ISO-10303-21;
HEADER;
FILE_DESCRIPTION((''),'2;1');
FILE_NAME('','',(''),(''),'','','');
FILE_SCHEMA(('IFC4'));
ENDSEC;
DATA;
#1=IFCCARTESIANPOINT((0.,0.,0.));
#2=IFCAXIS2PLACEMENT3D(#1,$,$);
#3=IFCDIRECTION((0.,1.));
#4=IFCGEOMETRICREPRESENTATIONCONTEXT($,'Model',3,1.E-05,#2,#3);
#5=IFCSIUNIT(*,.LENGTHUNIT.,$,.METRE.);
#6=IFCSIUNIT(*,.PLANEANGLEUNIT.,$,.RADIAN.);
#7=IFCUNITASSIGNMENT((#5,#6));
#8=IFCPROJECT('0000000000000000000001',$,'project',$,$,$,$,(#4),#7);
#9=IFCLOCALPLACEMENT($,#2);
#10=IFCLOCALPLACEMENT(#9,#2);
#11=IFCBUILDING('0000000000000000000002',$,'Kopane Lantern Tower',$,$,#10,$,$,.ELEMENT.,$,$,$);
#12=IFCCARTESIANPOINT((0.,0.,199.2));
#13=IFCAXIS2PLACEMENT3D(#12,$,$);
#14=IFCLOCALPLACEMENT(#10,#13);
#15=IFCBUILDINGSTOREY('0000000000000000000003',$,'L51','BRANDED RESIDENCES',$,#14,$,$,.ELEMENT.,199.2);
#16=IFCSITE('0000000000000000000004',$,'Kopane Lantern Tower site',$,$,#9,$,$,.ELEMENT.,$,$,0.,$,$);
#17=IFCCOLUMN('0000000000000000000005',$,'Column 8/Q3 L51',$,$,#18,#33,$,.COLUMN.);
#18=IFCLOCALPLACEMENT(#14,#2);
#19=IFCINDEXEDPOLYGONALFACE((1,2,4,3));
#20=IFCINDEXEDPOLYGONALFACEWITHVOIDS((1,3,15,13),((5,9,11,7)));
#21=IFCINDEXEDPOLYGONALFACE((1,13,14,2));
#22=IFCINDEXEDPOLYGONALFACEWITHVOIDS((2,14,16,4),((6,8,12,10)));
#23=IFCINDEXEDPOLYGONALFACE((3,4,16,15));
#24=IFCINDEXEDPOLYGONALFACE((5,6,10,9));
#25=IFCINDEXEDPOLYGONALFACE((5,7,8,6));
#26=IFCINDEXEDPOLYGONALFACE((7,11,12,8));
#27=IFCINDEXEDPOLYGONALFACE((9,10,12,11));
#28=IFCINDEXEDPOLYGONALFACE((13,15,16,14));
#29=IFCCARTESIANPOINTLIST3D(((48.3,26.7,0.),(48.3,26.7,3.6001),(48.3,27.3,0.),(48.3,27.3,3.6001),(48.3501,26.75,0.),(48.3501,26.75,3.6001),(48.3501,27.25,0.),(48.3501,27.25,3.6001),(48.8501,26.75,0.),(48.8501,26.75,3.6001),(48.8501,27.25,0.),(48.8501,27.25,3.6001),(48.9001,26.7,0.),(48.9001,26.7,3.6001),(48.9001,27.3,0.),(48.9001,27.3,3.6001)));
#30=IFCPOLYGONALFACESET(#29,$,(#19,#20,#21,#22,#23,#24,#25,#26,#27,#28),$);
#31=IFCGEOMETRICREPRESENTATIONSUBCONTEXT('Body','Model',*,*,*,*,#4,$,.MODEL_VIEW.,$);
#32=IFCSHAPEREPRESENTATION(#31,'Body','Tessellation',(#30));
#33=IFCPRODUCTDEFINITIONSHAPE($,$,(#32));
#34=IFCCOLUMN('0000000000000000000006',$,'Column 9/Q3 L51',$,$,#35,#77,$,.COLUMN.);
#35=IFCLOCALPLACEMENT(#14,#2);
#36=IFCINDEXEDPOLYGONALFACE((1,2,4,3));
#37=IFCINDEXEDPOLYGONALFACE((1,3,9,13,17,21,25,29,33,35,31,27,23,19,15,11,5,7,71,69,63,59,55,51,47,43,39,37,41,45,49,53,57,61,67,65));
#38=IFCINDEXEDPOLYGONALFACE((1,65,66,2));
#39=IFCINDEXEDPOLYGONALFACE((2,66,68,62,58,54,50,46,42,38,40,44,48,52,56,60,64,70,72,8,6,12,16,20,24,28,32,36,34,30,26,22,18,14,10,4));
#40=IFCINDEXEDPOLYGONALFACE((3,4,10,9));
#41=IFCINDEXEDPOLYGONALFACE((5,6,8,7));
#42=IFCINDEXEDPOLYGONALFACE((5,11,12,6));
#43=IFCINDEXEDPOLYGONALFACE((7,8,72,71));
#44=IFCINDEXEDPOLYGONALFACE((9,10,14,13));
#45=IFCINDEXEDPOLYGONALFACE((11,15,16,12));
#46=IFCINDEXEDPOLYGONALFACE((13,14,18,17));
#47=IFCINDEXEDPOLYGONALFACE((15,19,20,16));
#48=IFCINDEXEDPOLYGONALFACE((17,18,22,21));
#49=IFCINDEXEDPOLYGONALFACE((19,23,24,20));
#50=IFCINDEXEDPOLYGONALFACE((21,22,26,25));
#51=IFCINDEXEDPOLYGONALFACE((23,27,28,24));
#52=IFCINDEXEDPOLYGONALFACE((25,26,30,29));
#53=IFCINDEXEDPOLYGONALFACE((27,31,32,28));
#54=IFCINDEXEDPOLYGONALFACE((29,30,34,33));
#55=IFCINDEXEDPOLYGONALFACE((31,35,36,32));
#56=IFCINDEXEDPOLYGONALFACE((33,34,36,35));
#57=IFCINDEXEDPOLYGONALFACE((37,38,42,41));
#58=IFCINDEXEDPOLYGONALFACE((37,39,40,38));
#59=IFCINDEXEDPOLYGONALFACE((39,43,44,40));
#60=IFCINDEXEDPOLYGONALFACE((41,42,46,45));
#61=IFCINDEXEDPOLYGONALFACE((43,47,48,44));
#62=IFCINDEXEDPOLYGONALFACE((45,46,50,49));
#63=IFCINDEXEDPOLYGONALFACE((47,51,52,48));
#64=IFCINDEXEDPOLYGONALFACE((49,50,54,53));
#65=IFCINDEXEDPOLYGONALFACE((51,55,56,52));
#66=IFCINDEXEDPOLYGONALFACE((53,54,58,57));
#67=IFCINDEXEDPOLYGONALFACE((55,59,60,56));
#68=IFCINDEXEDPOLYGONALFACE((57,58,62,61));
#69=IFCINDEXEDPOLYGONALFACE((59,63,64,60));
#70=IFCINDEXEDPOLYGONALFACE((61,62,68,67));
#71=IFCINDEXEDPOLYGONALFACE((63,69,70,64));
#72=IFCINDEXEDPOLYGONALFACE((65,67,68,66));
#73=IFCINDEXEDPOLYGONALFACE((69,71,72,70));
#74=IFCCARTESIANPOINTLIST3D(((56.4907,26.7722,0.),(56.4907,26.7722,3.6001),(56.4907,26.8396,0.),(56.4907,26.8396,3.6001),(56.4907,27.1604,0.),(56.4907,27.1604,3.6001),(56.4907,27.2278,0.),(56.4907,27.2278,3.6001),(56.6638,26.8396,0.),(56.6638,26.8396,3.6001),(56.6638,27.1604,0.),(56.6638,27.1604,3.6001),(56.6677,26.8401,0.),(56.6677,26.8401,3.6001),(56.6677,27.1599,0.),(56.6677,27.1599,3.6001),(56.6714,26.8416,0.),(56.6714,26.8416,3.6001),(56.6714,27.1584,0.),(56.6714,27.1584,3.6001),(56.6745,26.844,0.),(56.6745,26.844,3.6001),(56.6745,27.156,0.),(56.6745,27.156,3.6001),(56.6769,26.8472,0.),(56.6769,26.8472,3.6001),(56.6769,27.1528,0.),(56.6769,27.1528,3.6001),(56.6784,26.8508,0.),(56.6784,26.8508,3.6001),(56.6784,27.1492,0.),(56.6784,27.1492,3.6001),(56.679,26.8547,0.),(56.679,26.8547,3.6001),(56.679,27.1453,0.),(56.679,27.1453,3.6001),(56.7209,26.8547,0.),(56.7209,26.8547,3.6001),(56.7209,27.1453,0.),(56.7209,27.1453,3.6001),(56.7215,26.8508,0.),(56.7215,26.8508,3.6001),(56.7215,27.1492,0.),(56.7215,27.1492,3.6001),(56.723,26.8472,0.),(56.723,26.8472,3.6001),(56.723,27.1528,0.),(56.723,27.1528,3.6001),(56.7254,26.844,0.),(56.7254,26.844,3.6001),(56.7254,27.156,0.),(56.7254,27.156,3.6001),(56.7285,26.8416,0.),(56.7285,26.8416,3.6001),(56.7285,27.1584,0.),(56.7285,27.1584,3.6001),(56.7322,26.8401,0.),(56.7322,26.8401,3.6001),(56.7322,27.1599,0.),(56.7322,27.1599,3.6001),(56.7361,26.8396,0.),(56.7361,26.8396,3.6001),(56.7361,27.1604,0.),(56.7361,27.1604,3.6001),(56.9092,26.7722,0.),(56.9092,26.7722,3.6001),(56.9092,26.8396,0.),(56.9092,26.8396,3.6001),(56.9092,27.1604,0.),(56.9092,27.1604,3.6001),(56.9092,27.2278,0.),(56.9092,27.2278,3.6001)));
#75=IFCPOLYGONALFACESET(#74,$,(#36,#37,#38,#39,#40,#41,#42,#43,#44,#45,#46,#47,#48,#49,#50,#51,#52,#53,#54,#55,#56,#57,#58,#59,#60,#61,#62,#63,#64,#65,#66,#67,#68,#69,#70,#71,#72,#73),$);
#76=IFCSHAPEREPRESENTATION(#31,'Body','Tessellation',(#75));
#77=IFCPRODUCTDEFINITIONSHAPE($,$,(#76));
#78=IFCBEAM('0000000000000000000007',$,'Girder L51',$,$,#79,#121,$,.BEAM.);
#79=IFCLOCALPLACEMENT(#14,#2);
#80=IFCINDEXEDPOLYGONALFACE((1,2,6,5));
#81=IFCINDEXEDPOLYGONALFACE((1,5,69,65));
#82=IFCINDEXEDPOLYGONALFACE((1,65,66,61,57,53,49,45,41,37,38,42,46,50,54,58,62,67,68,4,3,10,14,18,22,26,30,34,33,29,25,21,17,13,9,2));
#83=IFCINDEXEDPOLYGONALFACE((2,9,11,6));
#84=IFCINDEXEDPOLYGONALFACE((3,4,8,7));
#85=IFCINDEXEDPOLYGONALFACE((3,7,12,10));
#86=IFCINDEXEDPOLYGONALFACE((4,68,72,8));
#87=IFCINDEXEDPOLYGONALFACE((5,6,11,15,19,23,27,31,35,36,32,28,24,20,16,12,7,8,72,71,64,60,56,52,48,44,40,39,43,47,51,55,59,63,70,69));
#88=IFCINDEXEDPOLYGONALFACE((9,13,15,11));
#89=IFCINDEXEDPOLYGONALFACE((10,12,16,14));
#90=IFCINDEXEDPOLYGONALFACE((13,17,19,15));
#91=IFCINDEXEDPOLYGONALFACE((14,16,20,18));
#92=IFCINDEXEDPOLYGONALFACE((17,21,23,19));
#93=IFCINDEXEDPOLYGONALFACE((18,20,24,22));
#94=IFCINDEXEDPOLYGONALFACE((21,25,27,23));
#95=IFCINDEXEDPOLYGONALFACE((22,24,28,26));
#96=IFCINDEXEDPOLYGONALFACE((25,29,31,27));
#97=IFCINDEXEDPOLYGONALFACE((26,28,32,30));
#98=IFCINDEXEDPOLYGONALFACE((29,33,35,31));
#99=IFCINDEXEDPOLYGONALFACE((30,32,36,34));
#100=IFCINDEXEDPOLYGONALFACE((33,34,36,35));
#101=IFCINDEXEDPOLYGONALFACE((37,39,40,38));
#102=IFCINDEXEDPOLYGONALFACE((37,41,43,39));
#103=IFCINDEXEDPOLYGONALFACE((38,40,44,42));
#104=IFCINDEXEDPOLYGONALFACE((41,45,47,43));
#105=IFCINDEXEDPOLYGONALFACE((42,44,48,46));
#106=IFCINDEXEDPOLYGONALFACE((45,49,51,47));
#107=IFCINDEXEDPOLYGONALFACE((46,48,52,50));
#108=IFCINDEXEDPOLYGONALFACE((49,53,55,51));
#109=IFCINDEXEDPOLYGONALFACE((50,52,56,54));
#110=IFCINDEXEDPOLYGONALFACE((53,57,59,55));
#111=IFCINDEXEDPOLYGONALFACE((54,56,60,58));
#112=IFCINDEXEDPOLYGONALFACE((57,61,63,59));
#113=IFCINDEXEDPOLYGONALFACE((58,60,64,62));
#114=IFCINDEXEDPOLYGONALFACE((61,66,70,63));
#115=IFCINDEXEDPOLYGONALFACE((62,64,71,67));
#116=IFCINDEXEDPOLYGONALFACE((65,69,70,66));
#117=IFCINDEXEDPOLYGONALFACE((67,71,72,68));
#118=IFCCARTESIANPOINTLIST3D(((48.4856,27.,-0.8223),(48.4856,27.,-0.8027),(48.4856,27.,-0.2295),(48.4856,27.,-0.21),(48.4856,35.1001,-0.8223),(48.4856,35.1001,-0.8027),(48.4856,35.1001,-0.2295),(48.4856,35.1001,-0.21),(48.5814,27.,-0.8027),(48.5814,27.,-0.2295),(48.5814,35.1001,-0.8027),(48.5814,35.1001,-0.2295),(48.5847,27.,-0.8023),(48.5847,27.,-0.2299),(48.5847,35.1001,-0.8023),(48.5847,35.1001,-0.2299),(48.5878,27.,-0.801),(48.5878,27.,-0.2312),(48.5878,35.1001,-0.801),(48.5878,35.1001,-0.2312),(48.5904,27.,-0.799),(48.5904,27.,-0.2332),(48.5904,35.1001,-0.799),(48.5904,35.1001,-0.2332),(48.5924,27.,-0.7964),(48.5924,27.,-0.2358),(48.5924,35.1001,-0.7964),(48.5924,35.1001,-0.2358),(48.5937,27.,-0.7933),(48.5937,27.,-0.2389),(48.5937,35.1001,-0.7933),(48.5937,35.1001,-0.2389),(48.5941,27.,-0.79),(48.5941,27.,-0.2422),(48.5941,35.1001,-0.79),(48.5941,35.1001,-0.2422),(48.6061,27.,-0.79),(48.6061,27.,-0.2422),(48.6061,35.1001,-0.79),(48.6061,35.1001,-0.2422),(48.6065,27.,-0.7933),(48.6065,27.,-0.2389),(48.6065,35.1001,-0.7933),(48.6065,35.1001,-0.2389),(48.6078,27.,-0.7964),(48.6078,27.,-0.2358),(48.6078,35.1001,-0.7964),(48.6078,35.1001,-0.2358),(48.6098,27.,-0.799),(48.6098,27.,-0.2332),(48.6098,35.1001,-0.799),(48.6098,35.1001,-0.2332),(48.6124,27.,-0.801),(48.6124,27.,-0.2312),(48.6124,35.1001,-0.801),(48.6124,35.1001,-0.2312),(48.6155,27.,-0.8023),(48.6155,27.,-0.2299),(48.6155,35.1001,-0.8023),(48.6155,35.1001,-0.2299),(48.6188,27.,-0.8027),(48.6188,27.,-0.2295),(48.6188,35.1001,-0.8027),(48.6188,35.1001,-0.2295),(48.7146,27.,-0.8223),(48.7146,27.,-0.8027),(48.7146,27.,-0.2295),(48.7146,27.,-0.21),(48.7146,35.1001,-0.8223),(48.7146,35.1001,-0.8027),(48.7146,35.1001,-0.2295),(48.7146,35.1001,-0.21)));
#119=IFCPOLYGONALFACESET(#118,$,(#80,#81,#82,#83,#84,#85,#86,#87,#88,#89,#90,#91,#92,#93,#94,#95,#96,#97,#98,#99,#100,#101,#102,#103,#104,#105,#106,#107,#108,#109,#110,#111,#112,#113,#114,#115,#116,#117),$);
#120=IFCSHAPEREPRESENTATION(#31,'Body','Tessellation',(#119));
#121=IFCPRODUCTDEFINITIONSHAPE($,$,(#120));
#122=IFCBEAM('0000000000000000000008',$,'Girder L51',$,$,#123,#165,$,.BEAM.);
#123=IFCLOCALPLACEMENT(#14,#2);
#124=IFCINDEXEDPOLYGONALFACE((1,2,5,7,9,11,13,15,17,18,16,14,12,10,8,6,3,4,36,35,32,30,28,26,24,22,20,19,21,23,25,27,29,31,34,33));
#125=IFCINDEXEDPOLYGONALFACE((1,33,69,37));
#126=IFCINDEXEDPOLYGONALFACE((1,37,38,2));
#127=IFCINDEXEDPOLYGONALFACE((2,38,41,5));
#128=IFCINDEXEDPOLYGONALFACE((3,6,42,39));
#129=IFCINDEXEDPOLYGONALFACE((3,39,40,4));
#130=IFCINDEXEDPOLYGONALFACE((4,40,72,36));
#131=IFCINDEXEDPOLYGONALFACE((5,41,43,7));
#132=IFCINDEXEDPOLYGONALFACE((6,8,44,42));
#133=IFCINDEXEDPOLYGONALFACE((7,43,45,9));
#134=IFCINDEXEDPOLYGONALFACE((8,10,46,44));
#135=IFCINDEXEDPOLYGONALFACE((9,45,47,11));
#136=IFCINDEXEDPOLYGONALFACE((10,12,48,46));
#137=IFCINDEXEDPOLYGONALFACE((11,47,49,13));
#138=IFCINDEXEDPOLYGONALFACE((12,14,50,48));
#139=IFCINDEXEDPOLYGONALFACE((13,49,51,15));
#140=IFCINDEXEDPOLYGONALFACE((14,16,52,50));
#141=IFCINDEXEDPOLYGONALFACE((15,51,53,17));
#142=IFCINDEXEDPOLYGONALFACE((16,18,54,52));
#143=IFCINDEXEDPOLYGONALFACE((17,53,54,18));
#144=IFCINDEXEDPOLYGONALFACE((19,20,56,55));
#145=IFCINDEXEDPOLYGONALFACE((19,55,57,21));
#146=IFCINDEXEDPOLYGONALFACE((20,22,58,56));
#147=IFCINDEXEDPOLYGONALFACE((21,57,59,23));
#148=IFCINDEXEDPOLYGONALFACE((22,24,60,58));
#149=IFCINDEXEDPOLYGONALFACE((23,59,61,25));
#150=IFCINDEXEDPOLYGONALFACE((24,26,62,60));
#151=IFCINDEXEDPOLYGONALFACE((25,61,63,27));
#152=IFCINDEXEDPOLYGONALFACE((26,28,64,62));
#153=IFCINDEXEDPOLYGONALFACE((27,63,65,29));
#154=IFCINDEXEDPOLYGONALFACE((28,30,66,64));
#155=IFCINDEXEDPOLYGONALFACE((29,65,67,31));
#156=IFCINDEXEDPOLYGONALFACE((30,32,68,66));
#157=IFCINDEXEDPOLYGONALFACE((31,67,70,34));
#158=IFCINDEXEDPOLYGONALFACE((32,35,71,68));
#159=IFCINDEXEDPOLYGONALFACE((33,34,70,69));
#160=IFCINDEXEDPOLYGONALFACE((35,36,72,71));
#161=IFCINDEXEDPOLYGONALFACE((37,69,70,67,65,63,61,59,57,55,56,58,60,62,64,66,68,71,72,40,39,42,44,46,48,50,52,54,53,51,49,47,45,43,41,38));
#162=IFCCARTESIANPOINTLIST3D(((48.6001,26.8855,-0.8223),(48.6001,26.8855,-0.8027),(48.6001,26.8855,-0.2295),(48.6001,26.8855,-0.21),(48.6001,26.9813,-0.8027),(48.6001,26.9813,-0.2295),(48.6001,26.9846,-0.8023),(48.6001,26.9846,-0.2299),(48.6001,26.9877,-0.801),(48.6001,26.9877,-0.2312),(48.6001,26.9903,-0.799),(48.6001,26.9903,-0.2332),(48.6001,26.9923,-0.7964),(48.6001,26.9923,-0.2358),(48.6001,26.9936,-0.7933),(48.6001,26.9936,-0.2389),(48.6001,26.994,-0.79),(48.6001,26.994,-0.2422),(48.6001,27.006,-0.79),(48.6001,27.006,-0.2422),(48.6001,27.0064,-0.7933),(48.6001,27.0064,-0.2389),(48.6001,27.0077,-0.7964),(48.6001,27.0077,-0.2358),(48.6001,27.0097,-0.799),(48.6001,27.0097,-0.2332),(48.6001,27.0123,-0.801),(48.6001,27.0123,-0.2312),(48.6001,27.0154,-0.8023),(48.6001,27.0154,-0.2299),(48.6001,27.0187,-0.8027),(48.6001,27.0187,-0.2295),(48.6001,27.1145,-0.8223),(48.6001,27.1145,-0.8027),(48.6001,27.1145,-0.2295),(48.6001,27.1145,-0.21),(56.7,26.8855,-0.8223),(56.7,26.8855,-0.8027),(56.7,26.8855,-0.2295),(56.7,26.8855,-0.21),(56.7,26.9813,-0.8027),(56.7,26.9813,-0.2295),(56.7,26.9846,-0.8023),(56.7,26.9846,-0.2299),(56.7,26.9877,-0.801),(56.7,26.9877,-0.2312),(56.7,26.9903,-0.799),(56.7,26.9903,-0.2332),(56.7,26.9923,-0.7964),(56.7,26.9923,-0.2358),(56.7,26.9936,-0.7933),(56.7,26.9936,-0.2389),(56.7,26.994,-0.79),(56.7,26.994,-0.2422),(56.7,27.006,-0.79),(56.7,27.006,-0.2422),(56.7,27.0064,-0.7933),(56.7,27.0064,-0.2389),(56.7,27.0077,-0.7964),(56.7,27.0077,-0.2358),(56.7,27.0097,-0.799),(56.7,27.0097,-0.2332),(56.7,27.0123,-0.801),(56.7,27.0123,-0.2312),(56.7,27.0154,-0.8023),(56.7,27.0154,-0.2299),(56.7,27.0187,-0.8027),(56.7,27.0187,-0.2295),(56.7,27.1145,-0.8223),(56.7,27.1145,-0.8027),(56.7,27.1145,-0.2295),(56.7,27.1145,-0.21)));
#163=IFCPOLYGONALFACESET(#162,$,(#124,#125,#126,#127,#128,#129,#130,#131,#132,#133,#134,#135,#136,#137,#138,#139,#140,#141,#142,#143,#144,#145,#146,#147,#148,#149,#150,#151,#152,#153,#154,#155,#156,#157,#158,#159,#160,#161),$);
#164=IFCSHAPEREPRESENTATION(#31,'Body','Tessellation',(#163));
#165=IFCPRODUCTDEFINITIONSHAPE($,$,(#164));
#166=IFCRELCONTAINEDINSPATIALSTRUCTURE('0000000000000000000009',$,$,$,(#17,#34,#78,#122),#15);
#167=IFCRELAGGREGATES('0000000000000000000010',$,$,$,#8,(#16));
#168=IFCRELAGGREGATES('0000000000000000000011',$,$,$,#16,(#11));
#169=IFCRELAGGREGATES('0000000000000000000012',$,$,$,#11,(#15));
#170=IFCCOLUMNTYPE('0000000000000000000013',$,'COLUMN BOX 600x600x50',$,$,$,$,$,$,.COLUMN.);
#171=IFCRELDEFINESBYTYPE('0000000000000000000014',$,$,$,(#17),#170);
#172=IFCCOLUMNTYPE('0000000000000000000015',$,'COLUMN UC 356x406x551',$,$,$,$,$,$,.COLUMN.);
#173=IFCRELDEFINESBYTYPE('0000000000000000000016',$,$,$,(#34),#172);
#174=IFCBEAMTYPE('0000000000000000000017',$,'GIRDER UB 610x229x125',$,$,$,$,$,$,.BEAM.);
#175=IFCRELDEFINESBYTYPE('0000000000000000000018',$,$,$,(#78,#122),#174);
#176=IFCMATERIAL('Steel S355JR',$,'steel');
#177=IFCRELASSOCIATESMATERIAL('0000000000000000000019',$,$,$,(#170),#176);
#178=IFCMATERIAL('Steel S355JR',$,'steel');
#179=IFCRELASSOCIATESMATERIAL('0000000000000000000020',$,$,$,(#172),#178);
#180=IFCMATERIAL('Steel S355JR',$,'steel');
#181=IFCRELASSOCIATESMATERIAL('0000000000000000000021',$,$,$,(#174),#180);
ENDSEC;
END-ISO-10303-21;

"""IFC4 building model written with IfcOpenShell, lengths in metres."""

from ifc_helpers import new_model, si_unit, direction, frame, origin, origin_2d, place, context, subcontext, project, spatial, hollow_rectangle, i_section, extrude, material, material_profile, profile_set, type_object, element, save


model = new_model("IFC4")

# Units and contexts
model_context = context("Model", 3, precision=1e-05, world=origin(), true_north=direction((0.0, 1.0)))
body_context = subcontext(model_context, "Body", "Model", "MODEL_VIEW")
ifc_project = project(units=[si_unit("LENGTHUNIT", "METRE"), si_unit("PLANEANGLEUNIT", "RADIAN")], contexts=[model_context])

# Site, building, storey
site_placement = place(None, origin())
site = spatial("IfcSite", under=ifc_project, at=site_placement, Name="Kopane Lantern Tower site", CompositionType="ELEMENT", RefElevation=0.0)
building_placement = place(site_placement, origin())
building = spatial("IfcBuilding", under=site, at=building_placement, Name="Kopane Lantern Tower", CompositionType="ELEMENT")
storey_placement = place(building_placement, frame((0.0, 0.0, 199.2)))
storey = spatial("IfcBuildingStorey", under=building, at=storey_placement, Name="L51", Description="BRANDED RESIDENCES", CompositionType="ELEMENT", Elevation=199.2)

# Columns
ifc_material_1 = material(Name="Steel S355JR", Category="steel")
ifc_material_profile_1 = material_profile(ifc_material_1, hollow_rectangle(XDim=0.6001, YDim=0.6001, WallThickness=0.05, at=origin_2d()), Name="BOX 600x600x50")
ifc_profile_set_1 = profile_set([ifc_material_profile_1], Name="Steel S355JR")
column_type_1 = type_object("IfcColumnType", Name="COLUMN BOX 600x600x50", PredefinedType="COLUMN", material=ifc_profile_set_1)
column_1_placement = place(storey_placement, frame((48.6001, 27.0, 0.0), z_axis=(0.0, 0.0, 1.0), x_axis=(1.0, 0.0, 0.0)))
element("IfcColumn", 1, at=column_1_placement, inside=storey, type_object=column_type_1, Name="Column 8/Q3 L51", PredefinedType="COLUMN", context=body_context, shape_type="SweptSolid", body=[
    extrude(hollow_rectangle(XDim=0.6001, YDim=0.6001, WallThickness=0.05, at=origin_2d()), origin(), (0.0, 0.0, 1.0), 3.6001),
])
ifc_material_2 = material(Name="Steel S355JR", Category="steel")
ifc_material_profile_2 = material_profile(ifc_material_2, i_section(OverallWidth=0.4185, OverallDepth=0.4556, WebThickness=0.042, FlangeThickness=0.0674, FilletRadius=0.0151, at=origin_2d()), Name="UC 356x406x551")
ifc_profile_set_2 = profile_set([ifc_material_profile_2], Name="Steel S355JR")
column_type_2 = type_object("IfcColumnType", Name="COLUMN UC 356x406x551", PredefinedType="COLUMN", material=ifc_profile_set_2)
column_2_placement = place(storey_placement, frame((56.7, 27.0, 0.0), z_axis=(0.0, 0.0, 1.0), x_axis=(1.0, 0.0, 0.0)))
element("IfcColumn", 2, at=column_2_placement, inside=storey, type_object=column_type_2, Name="Column 9/Q3 L51", PredefinedType="COLUMN", context=body_context, shape_type="SweptSolid", body=[
    extrude(i_section(OverallWidth=0.4185, OverallDepth=0.4556, WebThickness=0.042, FlangeThickness=0.0674, FilletRadius=0.0151, at=origin_2d()), origin(), (0.0, 0.0, 1.0), 3.6001),
])

# Beams
ifc_material_3 = material(Name="Steel S355JR", Category="steel")
ifc_material_profile_3 = material_profile(ifc_material_3, i_section(OverallWidth=0.229, OverallDepth=0.6123, WebThickness=0.012, FlangeThickness=0.0195, FilletRadius=0.0127, at=origin_2d()), Name="UB 610x229x125")
ifc_profile_set_3 = profile_set([ifc_material_profile_3], Name="Steel S355JR")
beam_type = type_object("IfcBeamType", Name="GIRDER UB 610x229x125", PredefinedType="BEAM", material=ifc_profile_set_3)
beam_1_placement = place(storey_placement, frame((48.6001, 27.0, -0.5161), z_axis=(0.0, 1.0, 0.0), x_axis=(-1.0, 0.0, 0.0)))
element("IfcBeam", 3, at=beam_1_placement, inside=storey, type_object=beam_type, Name="Girder L51", PredefinedType="BEAM", context=body_context, shape_type="SweptSolid", body=[
    extrude(i_section(OverallWidth=0.229, OverallDepth=0.6123, WebThickness=0.012, FlangeThickness=0.0195, FilletRadius=0.0127, at=origin_2d()), origin(), (0.0, 0.0, 1.0), 8.1001),
])
beam_2_placement = place(storey_placement, frame((48.6001, 27.0, -0.5161), z_axis=(1.0, 0.0, 0.0), x_axis=(0.0, 1.0, 0.0)))
element("IfcBeam", 4, at=beam_2_placement, inside=storey, type_object=beam_type, Name="Girder L51", PredefinedType="BEAM", context=body_context, shape_type="SweptSolid", body=[
    extrude(i_section(OverallWidth=0.229, OverallDepth=0.6123, WebThickness=0.012, FlangeThickness=0.0195, FilletRadius=0.0127, at=origin_2d()), origin(), (0.0, 0.0, 1.0), 8.0999),
])

save(model, "model.ifc")
